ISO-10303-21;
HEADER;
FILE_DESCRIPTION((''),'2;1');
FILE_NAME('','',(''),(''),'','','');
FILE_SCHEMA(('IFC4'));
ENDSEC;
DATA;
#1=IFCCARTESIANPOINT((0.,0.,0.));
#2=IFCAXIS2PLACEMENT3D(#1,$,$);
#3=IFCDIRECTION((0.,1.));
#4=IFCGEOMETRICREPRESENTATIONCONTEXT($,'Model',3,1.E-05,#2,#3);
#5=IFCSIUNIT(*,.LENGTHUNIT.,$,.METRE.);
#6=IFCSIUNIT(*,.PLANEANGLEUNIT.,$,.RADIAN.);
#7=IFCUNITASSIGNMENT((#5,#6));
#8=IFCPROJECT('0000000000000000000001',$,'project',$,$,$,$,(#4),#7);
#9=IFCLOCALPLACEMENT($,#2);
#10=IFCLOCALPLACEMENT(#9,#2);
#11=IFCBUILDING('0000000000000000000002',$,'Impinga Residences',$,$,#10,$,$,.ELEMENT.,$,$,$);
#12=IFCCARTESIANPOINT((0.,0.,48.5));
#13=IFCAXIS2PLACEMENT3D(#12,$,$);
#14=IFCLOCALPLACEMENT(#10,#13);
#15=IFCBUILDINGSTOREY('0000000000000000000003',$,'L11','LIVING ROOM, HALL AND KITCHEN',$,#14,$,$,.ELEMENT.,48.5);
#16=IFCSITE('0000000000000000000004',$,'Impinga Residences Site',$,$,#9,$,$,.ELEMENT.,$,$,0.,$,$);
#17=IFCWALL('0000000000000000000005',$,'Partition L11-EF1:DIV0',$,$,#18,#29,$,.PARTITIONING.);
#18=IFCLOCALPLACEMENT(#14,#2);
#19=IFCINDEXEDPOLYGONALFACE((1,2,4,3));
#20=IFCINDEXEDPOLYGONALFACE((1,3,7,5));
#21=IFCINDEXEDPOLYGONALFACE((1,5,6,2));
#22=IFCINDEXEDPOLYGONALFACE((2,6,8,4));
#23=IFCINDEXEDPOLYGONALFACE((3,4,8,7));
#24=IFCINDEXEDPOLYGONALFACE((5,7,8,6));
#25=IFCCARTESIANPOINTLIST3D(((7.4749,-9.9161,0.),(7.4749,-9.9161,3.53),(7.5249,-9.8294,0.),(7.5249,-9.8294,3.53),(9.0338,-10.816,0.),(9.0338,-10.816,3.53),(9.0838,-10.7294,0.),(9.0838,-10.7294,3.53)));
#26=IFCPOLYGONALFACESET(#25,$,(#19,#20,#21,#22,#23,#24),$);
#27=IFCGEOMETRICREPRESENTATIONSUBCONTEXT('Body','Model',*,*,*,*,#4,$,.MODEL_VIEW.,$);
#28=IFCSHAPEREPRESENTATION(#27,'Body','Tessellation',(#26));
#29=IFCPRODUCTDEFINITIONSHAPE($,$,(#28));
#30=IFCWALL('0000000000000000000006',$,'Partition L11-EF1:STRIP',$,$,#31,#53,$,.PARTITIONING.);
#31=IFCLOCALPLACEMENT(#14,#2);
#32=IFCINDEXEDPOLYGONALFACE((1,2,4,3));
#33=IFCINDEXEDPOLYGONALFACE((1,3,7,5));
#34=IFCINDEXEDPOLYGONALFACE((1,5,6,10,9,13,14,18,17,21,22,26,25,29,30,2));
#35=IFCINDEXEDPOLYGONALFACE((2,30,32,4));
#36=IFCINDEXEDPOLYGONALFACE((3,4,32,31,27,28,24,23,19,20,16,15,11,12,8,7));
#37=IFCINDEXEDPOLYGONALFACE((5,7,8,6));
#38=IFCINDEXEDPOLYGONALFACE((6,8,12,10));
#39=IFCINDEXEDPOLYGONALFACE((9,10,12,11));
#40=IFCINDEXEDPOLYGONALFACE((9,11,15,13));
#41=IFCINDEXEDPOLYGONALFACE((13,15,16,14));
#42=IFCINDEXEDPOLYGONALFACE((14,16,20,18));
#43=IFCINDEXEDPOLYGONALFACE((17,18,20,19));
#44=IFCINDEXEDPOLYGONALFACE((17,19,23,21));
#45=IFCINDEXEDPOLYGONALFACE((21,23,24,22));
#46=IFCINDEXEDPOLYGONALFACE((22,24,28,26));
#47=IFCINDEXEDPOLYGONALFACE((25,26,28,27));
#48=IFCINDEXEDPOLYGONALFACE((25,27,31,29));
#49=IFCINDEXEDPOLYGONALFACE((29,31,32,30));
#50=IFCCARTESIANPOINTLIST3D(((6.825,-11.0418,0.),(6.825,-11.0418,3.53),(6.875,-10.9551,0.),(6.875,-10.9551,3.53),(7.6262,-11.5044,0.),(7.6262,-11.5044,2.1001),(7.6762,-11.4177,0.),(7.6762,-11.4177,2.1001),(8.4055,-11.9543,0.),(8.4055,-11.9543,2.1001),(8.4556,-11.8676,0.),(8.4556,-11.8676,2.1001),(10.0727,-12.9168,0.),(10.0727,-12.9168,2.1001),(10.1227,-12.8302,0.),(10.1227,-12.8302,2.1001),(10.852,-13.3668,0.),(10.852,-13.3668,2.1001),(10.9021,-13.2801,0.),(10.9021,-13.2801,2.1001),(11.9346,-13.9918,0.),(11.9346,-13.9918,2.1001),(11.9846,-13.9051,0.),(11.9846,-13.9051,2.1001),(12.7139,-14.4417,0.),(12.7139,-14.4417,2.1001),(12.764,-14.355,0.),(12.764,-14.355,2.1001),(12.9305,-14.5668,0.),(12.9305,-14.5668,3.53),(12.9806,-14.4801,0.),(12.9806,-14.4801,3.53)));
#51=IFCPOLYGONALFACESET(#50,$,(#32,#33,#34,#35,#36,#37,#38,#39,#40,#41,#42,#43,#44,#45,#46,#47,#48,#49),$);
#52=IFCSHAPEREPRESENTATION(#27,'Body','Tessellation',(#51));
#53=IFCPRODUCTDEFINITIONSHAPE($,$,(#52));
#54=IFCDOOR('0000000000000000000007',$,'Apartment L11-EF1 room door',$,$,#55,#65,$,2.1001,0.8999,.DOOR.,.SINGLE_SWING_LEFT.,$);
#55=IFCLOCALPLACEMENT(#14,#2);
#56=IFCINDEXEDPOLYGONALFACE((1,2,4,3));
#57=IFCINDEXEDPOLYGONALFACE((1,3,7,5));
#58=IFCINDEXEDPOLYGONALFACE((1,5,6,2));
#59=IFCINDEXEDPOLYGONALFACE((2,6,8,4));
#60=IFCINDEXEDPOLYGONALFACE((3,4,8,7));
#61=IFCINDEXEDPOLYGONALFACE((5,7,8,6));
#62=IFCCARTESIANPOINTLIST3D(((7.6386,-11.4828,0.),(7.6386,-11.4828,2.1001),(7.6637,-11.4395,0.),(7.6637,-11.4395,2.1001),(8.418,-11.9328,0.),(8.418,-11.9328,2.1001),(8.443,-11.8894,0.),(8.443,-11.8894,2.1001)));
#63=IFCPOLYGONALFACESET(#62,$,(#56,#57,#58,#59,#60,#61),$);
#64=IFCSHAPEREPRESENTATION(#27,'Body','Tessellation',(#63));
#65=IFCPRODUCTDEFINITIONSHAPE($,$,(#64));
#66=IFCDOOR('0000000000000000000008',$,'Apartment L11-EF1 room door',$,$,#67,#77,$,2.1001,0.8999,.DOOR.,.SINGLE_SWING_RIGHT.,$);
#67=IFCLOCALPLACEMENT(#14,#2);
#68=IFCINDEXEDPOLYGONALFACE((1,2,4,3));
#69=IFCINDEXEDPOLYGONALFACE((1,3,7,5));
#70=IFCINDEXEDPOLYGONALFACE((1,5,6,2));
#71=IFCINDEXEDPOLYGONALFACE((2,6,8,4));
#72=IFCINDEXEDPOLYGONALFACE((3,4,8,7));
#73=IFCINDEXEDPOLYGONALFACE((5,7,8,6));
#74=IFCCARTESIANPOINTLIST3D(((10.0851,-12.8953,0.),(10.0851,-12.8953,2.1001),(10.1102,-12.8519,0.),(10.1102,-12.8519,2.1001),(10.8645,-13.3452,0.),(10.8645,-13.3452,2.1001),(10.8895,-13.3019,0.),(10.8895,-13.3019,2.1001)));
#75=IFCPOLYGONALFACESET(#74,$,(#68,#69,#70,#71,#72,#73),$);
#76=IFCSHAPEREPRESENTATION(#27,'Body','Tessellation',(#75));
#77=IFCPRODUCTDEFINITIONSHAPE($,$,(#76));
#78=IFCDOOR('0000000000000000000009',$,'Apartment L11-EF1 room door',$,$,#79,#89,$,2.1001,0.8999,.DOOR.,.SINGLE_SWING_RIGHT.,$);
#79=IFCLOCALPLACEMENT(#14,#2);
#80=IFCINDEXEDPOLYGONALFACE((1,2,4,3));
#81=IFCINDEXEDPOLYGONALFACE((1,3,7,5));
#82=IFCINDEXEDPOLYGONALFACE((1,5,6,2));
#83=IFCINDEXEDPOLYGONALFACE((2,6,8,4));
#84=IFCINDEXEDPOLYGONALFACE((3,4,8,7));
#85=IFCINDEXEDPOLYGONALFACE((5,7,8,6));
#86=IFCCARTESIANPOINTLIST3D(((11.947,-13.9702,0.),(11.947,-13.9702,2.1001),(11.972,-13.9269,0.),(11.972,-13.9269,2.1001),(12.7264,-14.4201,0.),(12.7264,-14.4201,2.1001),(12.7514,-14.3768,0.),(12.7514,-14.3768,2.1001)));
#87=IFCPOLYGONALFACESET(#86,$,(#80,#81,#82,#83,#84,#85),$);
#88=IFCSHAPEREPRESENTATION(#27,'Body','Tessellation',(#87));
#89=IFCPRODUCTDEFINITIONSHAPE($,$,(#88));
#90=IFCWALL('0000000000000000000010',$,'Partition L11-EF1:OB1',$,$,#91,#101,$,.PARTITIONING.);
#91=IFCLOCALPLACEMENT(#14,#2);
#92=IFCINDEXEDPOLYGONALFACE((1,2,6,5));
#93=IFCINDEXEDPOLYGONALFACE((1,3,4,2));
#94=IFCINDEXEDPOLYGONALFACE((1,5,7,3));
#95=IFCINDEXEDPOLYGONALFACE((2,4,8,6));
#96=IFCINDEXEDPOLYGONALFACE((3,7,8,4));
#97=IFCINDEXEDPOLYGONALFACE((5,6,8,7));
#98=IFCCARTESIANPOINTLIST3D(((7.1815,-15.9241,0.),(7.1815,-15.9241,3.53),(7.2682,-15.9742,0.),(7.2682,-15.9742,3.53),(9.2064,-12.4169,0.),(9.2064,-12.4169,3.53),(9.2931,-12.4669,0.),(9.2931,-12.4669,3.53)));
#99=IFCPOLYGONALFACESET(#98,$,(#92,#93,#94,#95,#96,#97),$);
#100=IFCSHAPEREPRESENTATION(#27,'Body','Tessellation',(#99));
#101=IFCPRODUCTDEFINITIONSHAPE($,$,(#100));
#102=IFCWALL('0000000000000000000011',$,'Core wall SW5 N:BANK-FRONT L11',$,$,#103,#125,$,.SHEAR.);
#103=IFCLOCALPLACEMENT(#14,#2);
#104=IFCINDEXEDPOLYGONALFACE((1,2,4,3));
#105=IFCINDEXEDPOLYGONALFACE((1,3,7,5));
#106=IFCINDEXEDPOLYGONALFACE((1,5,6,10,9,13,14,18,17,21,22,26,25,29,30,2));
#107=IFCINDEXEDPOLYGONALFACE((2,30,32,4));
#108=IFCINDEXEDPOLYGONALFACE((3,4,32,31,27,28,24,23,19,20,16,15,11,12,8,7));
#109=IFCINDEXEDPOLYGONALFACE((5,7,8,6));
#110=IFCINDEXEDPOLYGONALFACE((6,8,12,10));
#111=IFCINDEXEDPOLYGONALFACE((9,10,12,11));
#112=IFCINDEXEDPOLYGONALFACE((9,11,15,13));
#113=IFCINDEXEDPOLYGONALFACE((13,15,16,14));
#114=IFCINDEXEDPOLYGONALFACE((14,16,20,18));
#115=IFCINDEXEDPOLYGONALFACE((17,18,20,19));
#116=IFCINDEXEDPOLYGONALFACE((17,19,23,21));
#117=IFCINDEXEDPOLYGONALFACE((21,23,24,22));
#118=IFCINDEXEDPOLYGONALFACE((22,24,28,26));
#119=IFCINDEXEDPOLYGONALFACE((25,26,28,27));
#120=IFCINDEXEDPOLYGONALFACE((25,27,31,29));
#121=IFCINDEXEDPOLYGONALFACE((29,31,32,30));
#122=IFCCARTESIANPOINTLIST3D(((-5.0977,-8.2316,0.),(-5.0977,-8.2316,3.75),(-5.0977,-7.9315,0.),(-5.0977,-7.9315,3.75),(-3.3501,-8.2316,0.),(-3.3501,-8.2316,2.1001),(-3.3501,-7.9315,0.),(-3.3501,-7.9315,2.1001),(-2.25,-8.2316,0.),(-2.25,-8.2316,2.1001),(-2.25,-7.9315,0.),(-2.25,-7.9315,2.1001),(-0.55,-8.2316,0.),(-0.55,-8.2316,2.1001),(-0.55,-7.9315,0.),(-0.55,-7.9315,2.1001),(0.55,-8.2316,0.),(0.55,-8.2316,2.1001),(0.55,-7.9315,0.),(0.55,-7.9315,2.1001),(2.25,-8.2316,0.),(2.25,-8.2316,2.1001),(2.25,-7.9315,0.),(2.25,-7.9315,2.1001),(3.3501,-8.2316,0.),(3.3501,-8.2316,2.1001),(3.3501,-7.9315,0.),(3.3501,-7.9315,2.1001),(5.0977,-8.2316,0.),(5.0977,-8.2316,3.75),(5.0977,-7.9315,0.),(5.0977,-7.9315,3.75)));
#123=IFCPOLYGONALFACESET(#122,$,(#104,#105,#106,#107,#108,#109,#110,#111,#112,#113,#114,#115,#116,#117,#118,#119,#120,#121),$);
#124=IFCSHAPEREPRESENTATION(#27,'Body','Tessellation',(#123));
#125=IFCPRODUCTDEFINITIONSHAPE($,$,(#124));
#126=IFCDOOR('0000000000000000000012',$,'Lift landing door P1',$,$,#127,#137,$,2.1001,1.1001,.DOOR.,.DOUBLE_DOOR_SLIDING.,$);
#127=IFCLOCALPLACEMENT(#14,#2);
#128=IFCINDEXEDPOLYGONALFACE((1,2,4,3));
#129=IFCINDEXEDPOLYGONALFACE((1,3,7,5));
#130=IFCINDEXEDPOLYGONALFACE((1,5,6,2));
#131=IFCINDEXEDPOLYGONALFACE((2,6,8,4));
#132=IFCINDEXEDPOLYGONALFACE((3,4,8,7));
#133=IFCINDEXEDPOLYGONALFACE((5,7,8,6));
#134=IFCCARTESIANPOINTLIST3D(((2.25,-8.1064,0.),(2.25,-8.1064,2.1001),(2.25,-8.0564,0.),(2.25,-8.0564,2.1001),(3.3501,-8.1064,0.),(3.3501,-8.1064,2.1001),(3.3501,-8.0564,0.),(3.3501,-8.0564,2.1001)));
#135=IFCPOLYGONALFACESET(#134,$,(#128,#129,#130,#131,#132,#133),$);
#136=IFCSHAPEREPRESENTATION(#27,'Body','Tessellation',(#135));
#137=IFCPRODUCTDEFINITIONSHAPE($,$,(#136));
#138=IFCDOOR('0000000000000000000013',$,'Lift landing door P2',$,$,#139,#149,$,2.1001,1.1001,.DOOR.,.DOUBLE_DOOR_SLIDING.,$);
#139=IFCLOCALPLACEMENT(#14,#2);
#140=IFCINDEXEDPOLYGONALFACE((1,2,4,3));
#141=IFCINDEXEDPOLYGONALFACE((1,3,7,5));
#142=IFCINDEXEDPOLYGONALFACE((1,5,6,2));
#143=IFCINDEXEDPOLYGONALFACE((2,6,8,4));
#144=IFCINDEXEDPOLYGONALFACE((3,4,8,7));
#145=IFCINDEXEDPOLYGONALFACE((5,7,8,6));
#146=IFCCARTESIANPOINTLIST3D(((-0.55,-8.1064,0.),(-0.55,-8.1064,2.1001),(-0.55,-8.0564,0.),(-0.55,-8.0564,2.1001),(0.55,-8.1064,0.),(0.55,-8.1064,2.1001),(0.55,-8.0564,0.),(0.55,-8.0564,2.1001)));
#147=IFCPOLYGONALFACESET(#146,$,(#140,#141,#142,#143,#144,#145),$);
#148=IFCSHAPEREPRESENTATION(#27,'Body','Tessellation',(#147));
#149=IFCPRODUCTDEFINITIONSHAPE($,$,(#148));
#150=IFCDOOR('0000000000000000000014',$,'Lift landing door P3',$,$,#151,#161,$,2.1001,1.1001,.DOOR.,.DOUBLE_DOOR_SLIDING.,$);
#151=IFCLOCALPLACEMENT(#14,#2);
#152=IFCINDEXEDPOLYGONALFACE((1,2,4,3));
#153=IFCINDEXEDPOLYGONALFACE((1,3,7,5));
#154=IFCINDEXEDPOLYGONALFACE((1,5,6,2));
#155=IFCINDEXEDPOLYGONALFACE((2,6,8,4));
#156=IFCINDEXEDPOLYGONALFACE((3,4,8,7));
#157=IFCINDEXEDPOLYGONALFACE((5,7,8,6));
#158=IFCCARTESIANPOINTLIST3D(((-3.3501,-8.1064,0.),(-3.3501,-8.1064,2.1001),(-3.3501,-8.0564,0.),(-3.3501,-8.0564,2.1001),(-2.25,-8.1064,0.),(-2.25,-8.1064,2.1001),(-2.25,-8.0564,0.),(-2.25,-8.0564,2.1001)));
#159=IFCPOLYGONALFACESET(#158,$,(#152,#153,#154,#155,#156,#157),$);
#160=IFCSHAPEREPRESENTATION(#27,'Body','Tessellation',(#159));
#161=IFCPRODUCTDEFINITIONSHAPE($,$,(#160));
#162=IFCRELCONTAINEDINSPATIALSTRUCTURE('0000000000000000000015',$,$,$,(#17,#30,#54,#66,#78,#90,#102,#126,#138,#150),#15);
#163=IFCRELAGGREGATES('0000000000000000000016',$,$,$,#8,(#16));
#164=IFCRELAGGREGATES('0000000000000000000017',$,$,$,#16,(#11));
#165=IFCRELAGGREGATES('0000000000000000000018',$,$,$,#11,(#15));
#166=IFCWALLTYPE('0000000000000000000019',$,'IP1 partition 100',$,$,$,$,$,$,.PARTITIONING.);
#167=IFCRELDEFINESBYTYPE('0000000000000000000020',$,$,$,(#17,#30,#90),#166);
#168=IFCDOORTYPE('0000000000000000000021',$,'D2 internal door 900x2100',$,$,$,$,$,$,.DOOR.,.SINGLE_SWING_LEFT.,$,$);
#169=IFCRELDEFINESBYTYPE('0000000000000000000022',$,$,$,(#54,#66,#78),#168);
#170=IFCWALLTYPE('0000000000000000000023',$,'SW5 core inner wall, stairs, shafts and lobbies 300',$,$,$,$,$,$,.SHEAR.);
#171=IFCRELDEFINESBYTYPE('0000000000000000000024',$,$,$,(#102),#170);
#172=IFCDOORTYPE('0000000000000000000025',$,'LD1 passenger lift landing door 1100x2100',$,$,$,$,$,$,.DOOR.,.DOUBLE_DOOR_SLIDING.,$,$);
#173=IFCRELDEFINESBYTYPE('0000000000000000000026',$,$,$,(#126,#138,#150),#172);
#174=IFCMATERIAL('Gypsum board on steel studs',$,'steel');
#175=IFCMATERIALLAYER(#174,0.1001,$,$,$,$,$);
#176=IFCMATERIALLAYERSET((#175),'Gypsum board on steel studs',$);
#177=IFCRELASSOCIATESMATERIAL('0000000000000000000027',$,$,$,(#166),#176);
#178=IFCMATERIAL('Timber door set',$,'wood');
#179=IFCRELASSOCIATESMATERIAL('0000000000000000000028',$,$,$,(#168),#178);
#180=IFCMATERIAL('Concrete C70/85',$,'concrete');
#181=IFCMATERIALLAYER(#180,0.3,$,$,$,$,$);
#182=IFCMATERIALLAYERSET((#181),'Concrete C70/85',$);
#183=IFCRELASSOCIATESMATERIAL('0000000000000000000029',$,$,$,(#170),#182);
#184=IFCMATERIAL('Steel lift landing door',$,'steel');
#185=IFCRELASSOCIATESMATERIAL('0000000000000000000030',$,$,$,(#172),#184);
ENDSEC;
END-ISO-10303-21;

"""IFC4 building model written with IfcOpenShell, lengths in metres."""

from ifc_helpers import new_model, si_unit, direction, frame, frame_2d, origin, place, context, subcontext, project, spatial, rectangle, extrude, material, layer, layer_set, type_object, element, fill, save


model = new_model("IFC4")

# Units and contexts
model_context = context("Model", 3, precision=1e-05, world=origin(), true_north=direction((0.0, 1.0)))
body_context = subcontext(model_context, "Body", "Model", "MODEL_VIEW")
ifc_project = project(units=[si_unit("LENGTHUNIT", "METRE"), si_unit("PLANEANGLEUNIT", "RADIAN")], contexts=[model_context])

# Site, building, storey
site_placement = place(None, origin())
site = spatial("IfcSite", under=ifc_project, at=site_placement, Name="Impinga Residences Site", CompositionType="ELEMENT", RefElevation=0.0)
building_placement = place(site_placement, origin())
building = spatial("IfcBuilding", under=site, at=building_placement, Name="Impinga Residences", CompositionType="ELEMENT")
storey_placement = place(building_placement, frame((0.0, 0.0, 48.5)))
storey = spatial("IfcBuildingStorey", under=building, at=storey_placement, Name="L11", Description="LIVING ROOM, HALL AND KITCHEN", CompositionType="ELEMENT", Elevation=48.5)

# Shared definitions
ifc_material_1 = material(Name="Concrete C70/85", Category="concrete")

# Shared definitions
ifc_material_2 = material(Name="Timber door set", Category="wood")

# Wall
ifc_material_3 = material(Name="Gypsum board on steel studs", Category="steel")
ifc_layer_1 = layer(ifc_material_3, 0.1001)
ifc_layer_set_1 = layer_set([ifc_layer_1], Name="Gypsum board on steel studs")
wall_type_1 = type_object("IfcWallType", Name="IP1 partition 100", PredefinedType="PARTITIONING", material=ifc_layer_set_1)
wall_1_placement = place(storey_placement, frame((7.5, -9.8728, 0.0), z_axis=(0.0, 0.0, 1.0), x_axis=(0.866048, -0.499961, 0.0)))
element("IfcWall", 1, at=wall_1_placement, inside=storey, type_object=wall_type_1, Name="Partition L11-EF1:DIV0", PredefinedType="PARTITIONING", context=body_context, shape_type="SweptSolid", body=[
    extrude(rectangle(XDim=1.8, YDim=0.1001, at=frame_2d((0.8999, 0.0))), origin(), (0.0, 0.0, 1.0), 3.53),
])

# Wall, openings, doors
wall_2_placement = place(storey_placement, frame((6.8501, -10.9985, 0.0), z_axis=(0.0, 0.0, 1.0), x_axis=(0.866031, -0.49999, 0.0)))
wall_2 = element("IfcWall", 2, at=wall_2_placement, inside=storey, type_object=wall_type_1, Name="Partition L11-EF1:STRIP", PredefinedType="PARTITIONING", context=body_context, shape_type="SweptSolid", body=[
    extrude(rectangle(XDim=7.05, YDim=0.1001, at=frame_2d((3.5249, 0.0))), origin(), (0.0, 0.0, 1.0), 3.53),
])
opening_1_placement = place(wall_2_placement, frame((0.925, 0.0, 0.0)))
opening_1 = element("IfcOpeningElement", 3, at=opening_1_placement, cuts=wall_2, PredefinedType="OPENING", context=body_context, shape_type="SweptSolid", body=[
    extrude(rectangle(XDim=0.8999, YDim=2.1001, at=frame_2d((0.45, 1.05))), frame((0.0, 0.0601, 0.0), z_axis=(0.0, -1.0, 0.0), x_axis=(1.0, 0.0, 0.0)), (0.0, 0.0, 1.0), 0.1201),
])
opening_2_placement = place(wall_2_placement, frame((3.75, 0.0, 0.0)))
opening_2 = element("IfcOpeningElement", 4, at=opening_2_placement, cuts=wall_2, PredefinedType="OPENING", context=body_context, shape_type="SweptSolid", body=[
    extrude(rectangle(XDim=0.8999, YDim=2.1001, at=frame_2d((0.45, 1.05))), frame((0.0, 0.0601, 0.0), z_axis=(0.0, -1.0, 0.0), x_axis=(1.0, 0.0, 0.0)), (0.0, 0.0, 1.0), 0.1201),
])
opening_3_placement = place(wall_2_placement, frame((5.8999, 0.0, 0.0)))
opening_3 = element("IfcOpeningElement", 5, at=opening_3_placement, cuts=wall_2, PredefinedType="OPENING", context=body_context, shape_type="SweptSolid", body=[
    extrude(rectangle(XDim=0.8999, YDim=2.1001, at=frame_2d((0.45, 1.05))), frame((0.0, 0.0601, 0.0), z_axis=(0.0, -1.0, 0.0), x_axis=(1.0, 0.0, 0.0)), (0.0, 0.0, 1.0), 0.1201),
])
door_type_1 = type_object("IfcDoorType", Name="D2 internal door 900x2100", OperationType="SINGLE_SWING_LEFT", PredefinedType="DOOR", material=ifc_material_2)
door_1_placement = place(opening_1_placement, origin())
door_1 = element("IfcDoor", 6, at=door_1_placement, inside=storey, type_object=door_type_1, Name="Apartment L11-EF1 room door", OperationType="SINGLE_SWING_LEFT", OverallHeight=2.1001, OverallWidth=0.8999, PredefinedType="DOOR", context=body_context, shape_type="SweptSolid", body=[
    extrude(rectangle(XDim=0.8999, YDim=2.1001, at=frame_2d((0.45, 1.05))), frame((0.0, 0.0249, 0.0), z_axis=(0.0, -1.0, 0.0), x_axis=(1.0, 0.0, 0.0)), (0.0, 0.0, 1.0), 0.05),
])
fill(opening_1, door_1)
door_2_placement = place(opening_2_placement, origin())
door_2 = element("IfcDoor", 7, at=door_2_placement, inside=storey, type_object=door_type_1, Name="Apartment L11-EF1 room door", OperationType="SINGLE_SWING_RIGHT", OverallHeight=2.1001, OverallWidth=0.8999, PredefinedType="DOOR", context=body_context, shape_type="SweptSolid", body=[
    extrude(rectangle(XDim=0.8999, YDim=2.1001, at=frame_2d((0.45, 1.05))), frame((0.0, 0.0249, 0.0), z_axis=(0.0, -1.0, 0.0), x_axis=(1.0, 0.0, 0.0)), (0.0, 0.0, 1.0), 0.05),
])
fill(opening_2, door_2)
door_3_placement = place(opening_3_placement, origin())
door_3 = element("IfcDoor", 8, at=door_3_placement, inside=storey, type_object=door_type_1, Name="Apartment L11-EF1 room door", OperationType="SINGLE_SWING_RIGHT", OverallHeight=2.1001, OverallWidth=0.8999, PredefinedType="DOOR", context=body_context, shape_type="SweptSolid", body=[
    extrude(rectangle(XDim=0.8999, YDim=2.1001, at=frame_2d((0.45, 1.05))), frame((0.0, 0.0249, 0.0), z_axis=(0.0, -1.0, 0.0), x_axis=(1.0, 0.0, 0.0)), (0.0, 0.0, 1.0), 0.05),
])
fill(opening_3, door_3)

# Wall
wall_3_placement = place(storey_placement, frame((9.2498, -12.4419, 0.0), z_axis=(0.0, 0.0, 1.0), x_axis=(-0.49999, -0.866031, 0.0)))
element("IfcWall", 9, at=wall_3_placement, inside=storey, type_object=wall_type_1, Name="Partition L11-EF1:OB1", PredefinedType="PARTITIONING", context=body_context, shape_type="SweptSolid", body=[
    extrude(rectangle(XDim=4.0498, YDim=0.1001, at=frame_2d((2.0249, 0.0))), origin(), (0.0, 0.0, 1.0), 3.53),
])

# Wall, openings, doors
ifc_layer_2 = layer(ifc_material_1, 0.3)
ifc_layer_set_2 = layer_set([ifc_layer_2], Name="Concrete C70/85")
wall_type_2 = type_object("IfcWallType", Name="SW5 core inner wall, stairs, shafts and lobbies 300", PredefinedType="SHEAR", material=ifc_layer_set_2)
wall_4_placement = place(storey_placement, frame((5.0977, -8.0815, 0.0), z_axis=(0.0, 0.0, 1.0), x_axis=(-1.0, 0.0, 0.0)))
wall_4 = element("IfcWall", 10, at=wall_4_placement, inside=storey, type_object=wall_type_2, Name="Core wall SW5 N:BANK-FRONT L11", PredefinedType="SHEAR", context=body_context, shape_type="SweptSolid", body=[
    extrude(rectangle(XDim=10.1953, YDim=0.3, at=frame_2d((5.0977, 0.0))), origin(), (0.0, 0.0, 1.0), 3.75),
])
opening_4_placement = place(wall_4_placement, frame((1.7476, 0.0, 0.0)))
opening_4 = element("IfcOpeningElement", 11, at=opening_4_placement, cuts=wall_4, PredefinedType="OPENING", context=body_context, shape_type="SweptSolid", body=[
    extrude(rectangle(XDim=1.1001, YDim=2.1001, at=frame_2d((0.55, 1.05))), frame((0.0, 0.1599, 0.0), z_axis=(0.0, -1.0, 0.0), x_axis=(1.0, 0.0, 0.0)), (0.0, 0.0, 1.0), 0.3201),
])
opening_5_placement = place(wall_4_placement, frame((4.5476, 0.0, 0.0)))
opening_5 = element("IfcOpeningElement", 12, at=opening_5_placement, cuts=wall_4, PredefinedType="OPENING", context=body_context, shape_type="SweptSolid", body=[
    extrude(rectangle(XDim=1.1001, YDim=2.1001, at=frame_2d((0.55, 1.05))), frame((0.0, 0.1599, 0.0), z_axis=(0.0, -1.0, 0.0), x_axis=(1.0, 0.0, 0.0)), (0.0, 0.0, 1.0), 0.3201),
])
opening_6_placement = place(wall_4_placement, frame((7.3477, 0.0, 0.0)))
opening_6 = element("IfcOpeningElement", 13, at=opening_6_placement, cuts=wall_4, PredefinedType="OPENING", context=body_context, shape_type="SweptSolid", body=[
    extrude(rectangle(XDim=1.1001, YDim=2.1001, at=frame_2d((0.55, 1.05))), frame((0.0, 0.1599, 0.0), z_axis=(0.0, -1.0, 0.0), x_axis=(1.0, 0.0, 0.0)), (0.0, 0.0, 1.0), 0.3201),
])
ifc_material_4 = material(Name="Steel lift landing door", Category="steel")
door_type_2 = type_object("IfcDoorType", Name="LD1 passenger lift landing door 1100x2100", OperationType="DOUBLE_DOOR_SLIDING", PredefinedType="DOOR", material=ifc_material_4)
door_4_placement = place(opening_4_placement, origin())
door_4 = element("IfcDoor", 14, at=door_4_placement, inside=storey, type_object=door_type_2, Name="Lift landing door P1", OperationType="DOUBLE_DOOR_SLIDING", OverallHeight=2.1001, OverallWidth=1.1001, PredefinedType="DOOR", context=body_context, shape_type="SweptSolid", body=[
    extrude(rectangle(XDim=1.1001, YDim=2.1001, at=frame_2d((0.55, 1.05))), frame((0.0, 0.0249, 0.0), z_axis=(0.0, -1.0, 0.0), x_axis=(1.0, 0.0, 0.0)), (0.0, 0.0, 1.0), 0.05),
])
fill(opening_4, door_4)
door_5_placement = place(opening_5_placement, origin())
door_5 = element("IfcDoor", 15, at=door_5_placement, inside=storey, type_object=door_type_2, Name="Lift landing door P2", OperationType="DOUBLE_DOOR_SLIDING", OverallHeight=2.1001, OverallWidth=1.1001, PredefinedType="DOOR", context=body_context, shape_type="SweptSolid", body=[
    extrude(rectangle(XDim=1.1001, YDim=2.1001, at=frame_2d((0.55, 1.05))), frame((0.0, 0.0249, 0.0), z_axis=(0.0, -1.0, 0.0), x_axis=(1.0, 0.0, 0.0)), (0.0, 0.0, 1.0), 0.05),
])
fill(opening_5, door_5)
door_6_placement = place(opening_6_placement, origin())
door_6 = element("IfcDoor", 16, at=door_6_placement, inside=storey, type_object=door_type_2, Name="Lift landing door P3", OperationType="DOUBLE_DOOR_SLIDING", OverallHeight=2.1001, OverallWidth=1.1001, PredefinedType="DOOR", context=body_context, shape_type="SweptSolid", body=[
    extrude(rectangle(XDim=1.1001, YDim=2.1001, at=frame_2d((0.55, 1.05))), frame((0.0, 0.0249, 0.0), z_axis=(0.0, -1.0, 0.0), x_axis=(1.0, 0.0, 0.0)), (0.0, 0.0, 1.0), 0.05),
])
fill(opening_6, door_6)

save(model, "model.ifc")
